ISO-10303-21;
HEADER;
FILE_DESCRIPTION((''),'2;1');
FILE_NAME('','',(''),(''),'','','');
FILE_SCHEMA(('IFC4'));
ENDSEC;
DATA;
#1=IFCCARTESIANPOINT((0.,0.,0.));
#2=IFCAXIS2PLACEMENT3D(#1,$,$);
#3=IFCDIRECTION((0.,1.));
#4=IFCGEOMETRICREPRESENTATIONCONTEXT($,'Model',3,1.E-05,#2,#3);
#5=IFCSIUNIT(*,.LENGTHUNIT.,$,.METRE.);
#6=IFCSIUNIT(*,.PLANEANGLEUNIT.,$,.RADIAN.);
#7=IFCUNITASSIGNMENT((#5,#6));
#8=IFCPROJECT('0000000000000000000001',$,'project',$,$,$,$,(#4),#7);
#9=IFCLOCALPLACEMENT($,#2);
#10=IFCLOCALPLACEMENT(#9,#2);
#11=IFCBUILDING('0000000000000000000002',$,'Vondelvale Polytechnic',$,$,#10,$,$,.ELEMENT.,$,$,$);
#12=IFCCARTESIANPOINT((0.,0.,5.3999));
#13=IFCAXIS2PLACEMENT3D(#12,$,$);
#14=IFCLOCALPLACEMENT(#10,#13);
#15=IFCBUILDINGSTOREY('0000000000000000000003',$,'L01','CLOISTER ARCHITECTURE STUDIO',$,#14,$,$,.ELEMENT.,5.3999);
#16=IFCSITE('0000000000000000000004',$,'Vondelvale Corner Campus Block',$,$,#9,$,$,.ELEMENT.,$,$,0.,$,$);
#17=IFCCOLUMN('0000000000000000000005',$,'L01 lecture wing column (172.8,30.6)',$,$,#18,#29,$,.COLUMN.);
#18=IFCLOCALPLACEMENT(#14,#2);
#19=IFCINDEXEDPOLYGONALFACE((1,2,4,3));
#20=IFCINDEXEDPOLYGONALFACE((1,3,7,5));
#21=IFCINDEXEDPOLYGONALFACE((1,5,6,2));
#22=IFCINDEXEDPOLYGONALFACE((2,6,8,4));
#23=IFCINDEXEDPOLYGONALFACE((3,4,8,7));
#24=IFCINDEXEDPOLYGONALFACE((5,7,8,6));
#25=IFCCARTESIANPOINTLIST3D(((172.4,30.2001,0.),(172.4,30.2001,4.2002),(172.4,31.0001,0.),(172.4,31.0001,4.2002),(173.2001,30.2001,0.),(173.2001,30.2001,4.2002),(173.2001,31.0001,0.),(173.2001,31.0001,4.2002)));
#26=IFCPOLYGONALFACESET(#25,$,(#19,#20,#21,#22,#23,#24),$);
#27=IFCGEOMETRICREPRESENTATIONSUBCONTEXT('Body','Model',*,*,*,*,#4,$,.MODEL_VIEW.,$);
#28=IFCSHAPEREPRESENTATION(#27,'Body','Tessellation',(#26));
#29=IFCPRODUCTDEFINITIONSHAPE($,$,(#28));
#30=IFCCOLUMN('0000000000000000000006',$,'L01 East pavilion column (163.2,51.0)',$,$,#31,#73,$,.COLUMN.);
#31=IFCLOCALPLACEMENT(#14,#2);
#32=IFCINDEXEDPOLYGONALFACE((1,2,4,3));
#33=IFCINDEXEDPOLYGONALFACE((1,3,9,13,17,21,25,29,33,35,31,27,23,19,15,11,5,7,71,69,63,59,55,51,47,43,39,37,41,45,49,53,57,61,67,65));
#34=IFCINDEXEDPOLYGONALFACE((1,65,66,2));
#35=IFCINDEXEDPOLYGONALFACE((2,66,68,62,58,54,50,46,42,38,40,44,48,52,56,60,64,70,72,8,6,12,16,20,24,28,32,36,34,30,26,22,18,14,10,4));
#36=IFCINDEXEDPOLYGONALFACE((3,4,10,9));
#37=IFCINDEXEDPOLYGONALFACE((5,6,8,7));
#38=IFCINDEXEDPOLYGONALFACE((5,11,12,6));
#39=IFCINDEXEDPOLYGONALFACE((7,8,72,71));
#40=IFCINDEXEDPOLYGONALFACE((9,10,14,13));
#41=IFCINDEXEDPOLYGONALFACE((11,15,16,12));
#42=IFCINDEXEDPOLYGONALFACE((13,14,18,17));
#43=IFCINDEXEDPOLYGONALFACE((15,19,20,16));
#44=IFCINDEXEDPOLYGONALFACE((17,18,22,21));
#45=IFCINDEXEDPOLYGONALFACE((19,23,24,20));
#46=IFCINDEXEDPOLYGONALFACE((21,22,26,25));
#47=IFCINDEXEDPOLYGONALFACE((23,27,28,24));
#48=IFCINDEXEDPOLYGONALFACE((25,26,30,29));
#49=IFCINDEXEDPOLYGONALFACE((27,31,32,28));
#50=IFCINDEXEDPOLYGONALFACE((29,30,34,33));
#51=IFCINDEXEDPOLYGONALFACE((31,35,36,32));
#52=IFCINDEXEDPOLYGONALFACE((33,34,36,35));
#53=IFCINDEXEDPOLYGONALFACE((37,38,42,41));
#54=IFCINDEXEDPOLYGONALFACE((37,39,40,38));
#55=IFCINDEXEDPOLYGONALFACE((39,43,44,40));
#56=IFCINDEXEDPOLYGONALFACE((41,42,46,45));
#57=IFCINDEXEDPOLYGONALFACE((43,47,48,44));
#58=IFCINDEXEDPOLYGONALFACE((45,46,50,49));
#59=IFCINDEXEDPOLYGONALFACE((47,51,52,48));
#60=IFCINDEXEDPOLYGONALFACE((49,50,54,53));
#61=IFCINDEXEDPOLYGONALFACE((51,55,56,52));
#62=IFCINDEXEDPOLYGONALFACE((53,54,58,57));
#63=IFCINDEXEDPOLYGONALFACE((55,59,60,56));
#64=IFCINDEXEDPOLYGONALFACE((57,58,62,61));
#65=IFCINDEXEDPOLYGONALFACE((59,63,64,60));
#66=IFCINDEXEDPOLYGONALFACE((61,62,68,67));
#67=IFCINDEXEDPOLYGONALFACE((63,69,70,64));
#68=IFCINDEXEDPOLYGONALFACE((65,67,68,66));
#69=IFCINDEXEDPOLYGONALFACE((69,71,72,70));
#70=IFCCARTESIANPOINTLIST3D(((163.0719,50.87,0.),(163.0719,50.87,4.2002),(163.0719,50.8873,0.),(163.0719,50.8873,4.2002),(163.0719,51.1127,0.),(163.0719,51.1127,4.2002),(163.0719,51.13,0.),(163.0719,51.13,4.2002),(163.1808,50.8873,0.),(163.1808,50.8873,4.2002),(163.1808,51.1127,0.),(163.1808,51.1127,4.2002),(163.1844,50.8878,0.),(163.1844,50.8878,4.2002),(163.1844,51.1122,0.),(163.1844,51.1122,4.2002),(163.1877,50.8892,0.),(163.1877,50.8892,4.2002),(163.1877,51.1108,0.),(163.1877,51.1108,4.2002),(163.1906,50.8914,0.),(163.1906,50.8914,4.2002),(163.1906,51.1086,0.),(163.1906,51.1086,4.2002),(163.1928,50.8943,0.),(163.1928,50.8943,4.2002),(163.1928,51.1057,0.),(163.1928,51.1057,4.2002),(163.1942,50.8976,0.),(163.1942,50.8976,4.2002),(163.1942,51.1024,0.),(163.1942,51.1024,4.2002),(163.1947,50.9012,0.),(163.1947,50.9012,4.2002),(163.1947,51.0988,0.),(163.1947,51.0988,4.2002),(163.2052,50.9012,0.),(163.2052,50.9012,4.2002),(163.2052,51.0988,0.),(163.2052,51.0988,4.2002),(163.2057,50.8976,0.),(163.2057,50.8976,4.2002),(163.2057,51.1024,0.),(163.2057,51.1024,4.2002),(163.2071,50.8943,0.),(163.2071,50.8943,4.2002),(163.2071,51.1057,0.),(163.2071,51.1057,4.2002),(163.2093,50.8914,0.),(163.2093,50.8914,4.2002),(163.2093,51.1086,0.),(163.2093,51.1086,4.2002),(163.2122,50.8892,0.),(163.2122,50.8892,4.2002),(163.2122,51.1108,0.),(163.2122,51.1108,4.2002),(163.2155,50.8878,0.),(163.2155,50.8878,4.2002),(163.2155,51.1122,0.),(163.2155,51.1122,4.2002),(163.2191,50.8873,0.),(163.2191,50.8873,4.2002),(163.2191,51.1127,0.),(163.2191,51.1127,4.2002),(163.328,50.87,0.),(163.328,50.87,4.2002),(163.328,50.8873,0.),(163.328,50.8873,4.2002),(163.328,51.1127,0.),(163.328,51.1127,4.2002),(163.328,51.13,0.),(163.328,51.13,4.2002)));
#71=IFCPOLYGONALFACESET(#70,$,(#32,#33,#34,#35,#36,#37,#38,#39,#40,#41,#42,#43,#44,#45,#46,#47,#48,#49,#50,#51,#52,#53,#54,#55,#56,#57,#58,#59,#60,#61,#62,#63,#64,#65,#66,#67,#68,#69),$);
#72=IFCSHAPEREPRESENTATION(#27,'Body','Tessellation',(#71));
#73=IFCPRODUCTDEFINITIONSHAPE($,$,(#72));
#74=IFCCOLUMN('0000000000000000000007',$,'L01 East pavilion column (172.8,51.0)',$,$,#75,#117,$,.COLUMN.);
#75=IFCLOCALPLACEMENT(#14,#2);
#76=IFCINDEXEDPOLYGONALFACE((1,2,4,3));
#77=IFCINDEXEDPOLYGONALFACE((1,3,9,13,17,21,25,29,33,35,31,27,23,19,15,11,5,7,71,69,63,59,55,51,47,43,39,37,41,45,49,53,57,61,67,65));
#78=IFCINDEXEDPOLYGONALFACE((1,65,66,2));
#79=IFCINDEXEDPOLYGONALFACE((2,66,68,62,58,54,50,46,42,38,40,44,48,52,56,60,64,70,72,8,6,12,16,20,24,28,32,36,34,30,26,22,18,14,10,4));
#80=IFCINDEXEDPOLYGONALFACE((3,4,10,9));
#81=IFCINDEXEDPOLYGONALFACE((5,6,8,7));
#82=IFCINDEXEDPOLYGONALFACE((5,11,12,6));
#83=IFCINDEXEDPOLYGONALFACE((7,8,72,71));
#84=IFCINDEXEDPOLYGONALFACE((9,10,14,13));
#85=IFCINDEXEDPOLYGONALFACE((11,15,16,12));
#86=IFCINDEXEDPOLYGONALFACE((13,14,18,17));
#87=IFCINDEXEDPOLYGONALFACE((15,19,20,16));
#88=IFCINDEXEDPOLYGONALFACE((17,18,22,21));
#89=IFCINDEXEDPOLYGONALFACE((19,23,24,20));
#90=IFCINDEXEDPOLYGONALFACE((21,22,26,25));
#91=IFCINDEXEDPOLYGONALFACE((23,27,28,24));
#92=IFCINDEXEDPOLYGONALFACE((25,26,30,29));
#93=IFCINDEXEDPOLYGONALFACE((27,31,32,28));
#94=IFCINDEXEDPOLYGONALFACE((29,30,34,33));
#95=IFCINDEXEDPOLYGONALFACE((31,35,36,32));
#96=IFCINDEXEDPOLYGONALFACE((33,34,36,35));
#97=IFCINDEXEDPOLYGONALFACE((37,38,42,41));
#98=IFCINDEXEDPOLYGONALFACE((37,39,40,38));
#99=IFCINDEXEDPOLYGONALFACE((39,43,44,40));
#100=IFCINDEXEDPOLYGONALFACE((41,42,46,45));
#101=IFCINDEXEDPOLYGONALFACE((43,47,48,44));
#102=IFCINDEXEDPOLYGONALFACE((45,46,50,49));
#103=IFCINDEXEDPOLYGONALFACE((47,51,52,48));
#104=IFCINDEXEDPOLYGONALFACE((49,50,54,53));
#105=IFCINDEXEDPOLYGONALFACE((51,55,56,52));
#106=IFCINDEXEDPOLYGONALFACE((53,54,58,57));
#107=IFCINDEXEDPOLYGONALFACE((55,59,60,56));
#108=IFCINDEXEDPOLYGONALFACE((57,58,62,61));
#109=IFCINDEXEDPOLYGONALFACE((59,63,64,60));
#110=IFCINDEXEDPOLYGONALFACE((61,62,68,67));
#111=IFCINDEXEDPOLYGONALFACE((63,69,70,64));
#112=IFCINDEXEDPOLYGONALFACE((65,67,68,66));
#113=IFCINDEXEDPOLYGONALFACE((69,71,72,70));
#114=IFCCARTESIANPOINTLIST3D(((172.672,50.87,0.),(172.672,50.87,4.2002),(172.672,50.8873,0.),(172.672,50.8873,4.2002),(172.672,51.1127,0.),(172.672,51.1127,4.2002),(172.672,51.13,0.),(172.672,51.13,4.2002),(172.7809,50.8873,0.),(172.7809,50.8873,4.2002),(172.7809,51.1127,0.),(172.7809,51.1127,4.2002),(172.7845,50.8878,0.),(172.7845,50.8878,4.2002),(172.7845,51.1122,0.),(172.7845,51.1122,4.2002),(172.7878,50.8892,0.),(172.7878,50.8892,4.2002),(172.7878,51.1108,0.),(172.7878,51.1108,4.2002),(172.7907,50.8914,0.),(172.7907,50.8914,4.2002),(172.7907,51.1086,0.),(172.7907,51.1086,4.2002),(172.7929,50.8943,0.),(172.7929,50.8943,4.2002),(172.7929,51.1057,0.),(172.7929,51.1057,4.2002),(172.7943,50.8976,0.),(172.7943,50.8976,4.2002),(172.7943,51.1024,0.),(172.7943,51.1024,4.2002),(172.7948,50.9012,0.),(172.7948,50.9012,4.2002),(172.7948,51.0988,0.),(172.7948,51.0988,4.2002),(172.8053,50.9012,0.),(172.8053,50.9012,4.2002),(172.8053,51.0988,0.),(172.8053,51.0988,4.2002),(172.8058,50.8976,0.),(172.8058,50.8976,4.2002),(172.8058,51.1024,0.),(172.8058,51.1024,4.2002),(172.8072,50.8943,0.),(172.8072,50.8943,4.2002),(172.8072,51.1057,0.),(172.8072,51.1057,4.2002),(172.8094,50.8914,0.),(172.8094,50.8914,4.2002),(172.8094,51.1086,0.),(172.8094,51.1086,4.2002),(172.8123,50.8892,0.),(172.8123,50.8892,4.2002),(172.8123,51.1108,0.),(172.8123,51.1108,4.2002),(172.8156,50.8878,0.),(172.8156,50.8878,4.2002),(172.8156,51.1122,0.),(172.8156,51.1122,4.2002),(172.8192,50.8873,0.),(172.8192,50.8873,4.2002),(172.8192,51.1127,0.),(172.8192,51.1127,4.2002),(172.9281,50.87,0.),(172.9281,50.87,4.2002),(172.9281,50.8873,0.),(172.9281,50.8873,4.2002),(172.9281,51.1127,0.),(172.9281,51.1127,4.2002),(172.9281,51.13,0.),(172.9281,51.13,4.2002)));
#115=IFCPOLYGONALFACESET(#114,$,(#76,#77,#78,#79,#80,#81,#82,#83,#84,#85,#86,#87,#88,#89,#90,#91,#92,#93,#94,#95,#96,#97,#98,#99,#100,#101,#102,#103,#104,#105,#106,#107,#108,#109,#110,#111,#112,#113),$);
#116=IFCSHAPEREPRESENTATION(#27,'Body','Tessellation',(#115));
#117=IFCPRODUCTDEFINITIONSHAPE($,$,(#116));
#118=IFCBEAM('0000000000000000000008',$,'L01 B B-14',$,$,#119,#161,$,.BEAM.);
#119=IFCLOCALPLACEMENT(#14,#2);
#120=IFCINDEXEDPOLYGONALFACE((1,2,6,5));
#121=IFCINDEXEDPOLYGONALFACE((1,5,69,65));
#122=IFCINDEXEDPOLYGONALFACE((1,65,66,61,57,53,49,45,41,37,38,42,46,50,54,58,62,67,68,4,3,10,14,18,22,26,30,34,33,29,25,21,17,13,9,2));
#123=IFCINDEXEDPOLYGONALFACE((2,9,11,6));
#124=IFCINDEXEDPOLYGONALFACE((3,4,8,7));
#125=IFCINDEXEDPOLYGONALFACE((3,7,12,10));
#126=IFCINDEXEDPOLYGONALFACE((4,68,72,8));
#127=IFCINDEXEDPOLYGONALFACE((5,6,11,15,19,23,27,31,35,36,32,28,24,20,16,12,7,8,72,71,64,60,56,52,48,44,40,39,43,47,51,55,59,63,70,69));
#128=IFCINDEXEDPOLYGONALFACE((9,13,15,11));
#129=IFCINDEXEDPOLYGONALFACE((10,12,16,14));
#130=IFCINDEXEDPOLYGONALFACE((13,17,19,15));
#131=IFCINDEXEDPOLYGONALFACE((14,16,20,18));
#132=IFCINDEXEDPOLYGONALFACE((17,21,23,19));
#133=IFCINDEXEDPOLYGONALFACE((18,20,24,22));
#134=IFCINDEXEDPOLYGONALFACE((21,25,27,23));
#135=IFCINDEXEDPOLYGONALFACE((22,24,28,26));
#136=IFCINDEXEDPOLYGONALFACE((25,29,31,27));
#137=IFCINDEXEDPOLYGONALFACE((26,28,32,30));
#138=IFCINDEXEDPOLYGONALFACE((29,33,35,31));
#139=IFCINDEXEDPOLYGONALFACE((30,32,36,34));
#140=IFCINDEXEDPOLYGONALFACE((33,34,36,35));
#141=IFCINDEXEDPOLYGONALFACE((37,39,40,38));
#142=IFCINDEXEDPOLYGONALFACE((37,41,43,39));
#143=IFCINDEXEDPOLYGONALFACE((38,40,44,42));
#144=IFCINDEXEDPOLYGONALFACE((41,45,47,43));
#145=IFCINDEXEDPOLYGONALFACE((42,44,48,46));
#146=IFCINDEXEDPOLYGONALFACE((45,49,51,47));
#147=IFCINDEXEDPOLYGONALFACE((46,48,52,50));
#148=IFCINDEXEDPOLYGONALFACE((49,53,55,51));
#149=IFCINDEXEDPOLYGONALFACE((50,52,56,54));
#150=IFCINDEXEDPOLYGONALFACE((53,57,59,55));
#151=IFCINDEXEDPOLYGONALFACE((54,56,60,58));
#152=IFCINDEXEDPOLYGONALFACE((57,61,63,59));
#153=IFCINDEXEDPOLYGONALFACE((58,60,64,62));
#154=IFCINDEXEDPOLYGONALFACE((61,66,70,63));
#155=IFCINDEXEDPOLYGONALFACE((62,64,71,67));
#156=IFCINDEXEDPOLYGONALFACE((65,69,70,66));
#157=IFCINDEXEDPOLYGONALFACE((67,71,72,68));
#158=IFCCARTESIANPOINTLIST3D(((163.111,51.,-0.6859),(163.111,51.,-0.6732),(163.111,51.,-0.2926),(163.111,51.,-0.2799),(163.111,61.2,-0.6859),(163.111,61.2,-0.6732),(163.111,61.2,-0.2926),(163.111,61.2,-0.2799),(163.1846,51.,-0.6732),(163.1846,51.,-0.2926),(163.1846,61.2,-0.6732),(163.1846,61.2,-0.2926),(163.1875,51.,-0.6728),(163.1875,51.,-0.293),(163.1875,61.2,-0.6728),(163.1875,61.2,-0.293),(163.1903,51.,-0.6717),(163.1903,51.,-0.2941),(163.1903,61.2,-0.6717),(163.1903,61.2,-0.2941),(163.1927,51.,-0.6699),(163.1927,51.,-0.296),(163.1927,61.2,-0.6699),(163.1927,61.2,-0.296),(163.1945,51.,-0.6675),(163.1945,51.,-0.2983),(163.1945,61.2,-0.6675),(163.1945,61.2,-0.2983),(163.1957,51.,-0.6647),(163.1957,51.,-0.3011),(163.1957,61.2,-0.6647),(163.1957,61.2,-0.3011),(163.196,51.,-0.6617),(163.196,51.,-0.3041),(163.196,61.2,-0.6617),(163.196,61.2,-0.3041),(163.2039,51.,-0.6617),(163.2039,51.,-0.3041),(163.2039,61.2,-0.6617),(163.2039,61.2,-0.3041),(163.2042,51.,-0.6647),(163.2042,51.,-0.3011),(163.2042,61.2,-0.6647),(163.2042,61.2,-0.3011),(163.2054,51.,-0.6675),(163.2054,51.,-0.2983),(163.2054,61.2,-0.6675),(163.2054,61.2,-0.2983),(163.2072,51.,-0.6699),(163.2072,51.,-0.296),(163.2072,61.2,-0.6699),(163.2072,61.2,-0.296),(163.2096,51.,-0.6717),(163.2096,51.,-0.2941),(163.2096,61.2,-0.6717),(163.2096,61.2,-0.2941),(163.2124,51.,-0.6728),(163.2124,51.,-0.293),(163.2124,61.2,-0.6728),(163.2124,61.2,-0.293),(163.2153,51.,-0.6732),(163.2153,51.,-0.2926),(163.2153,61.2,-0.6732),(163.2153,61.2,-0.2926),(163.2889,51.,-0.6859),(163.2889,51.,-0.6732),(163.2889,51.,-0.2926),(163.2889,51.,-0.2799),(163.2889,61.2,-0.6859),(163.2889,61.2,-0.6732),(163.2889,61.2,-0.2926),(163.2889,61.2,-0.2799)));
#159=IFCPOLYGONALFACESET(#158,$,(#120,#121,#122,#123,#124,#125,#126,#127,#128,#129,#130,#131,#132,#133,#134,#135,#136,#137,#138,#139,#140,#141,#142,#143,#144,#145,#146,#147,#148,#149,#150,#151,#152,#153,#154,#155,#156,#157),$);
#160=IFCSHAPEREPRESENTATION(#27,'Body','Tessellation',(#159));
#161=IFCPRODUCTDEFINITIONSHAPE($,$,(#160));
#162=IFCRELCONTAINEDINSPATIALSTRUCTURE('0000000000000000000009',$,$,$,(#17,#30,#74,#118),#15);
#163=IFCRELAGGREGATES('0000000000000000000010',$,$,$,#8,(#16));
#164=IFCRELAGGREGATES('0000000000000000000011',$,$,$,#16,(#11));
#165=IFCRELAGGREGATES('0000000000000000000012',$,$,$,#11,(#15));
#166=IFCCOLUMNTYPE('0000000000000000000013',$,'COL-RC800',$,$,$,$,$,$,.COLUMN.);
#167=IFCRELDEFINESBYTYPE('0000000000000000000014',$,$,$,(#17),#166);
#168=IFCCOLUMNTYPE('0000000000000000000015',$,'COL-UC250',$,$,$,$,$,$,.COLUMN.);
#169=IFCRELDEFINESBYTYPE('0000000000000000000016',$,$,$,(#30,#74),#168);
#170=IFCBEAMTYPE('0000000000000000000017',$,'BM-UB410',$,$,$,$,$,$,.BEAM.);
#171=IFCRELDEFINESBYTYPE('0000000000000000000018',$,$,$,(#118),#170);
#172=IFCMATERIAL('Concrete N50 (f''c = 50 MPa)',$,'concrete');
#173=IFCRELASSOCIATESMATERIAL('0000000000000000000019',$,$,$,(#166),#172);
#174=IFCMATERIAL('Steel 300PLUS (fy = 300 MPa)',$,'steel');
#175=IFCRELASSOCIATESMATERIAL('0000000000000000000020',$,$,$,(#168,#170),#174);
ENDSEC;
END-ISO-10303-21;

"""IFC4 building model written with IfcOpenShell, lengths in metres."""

from ifc_helpers import new_model, si_unit, direction, frame, origin, origin_2d, place, context, subcontext, project, spatial, rectangle, i_section, extrude, material, material_profile, profile_set, type_object, element, save


model = new_model("IFC4")

# Units and contexts
model_context = context("Model", 3, precision=1e-05, world=origin(), true_north=direction((0.0, 1.0)))
body_context = subcontext(model_context, "Body", "Model", "MODEL_VIEW")
ifc_project = project(units=[si_unit("LENGTHUNIT", "METRE"), si_unit("PLANEANGLEUNIT", "RADIAN")], contexts=[model_context])

# Site, building, storey
site_placement = place(None, origin())
site = spatial("IfcSite", under=ifc_project, at=site_placement, Name="Vondelvale Corner Campus Block", CompositionType="ELEMENT", RefElevation=0.0)
building_placement = place(site_placement, origin())
building = spatial("IfcBuilding", under=site, at=building_placement, Name="Vondelvale Polytechnic", CompositionType="ELEMENT")
storey_placement = place(building_placement, frame((0.0, 0.0, 5.3999)))
storey = spatial("IfcBuildingStorey", under=building, at=storey_placement, Name="L01", Description="CLOISTER ARCHITECTURE STUDIO", CompositionType="ELEMENT", Elevation=5.3999)

# Columns
ifc_material_1 = material(Name="Concrete N50 (f'c = 50 MPa)", Category="concrete")
ifc_material_profile_1 = material_profile(ifc_material_1, rectangle(XDim=0.8, YDim=0.8, at=origin_2d()), Name="RC-COL-800x800")
ifc_profile_set_1 = profile_set([ifc_material_profile_1], Name="Concrete N50 (f'c = 50 MPa)")
column_type_1 = type_object("IfcColumnType", Name="COL-RC800", PredefinedType="COLUMN", material=ifc_profile_set_1)
column_placement = place(storey_placement, frame((172.8, 30.6001, 0.0), z_axis=(0.0, 0.0, 1.0), x_axis=(1.0, 0.0, 0.0)))
element("IfcColumn", 1, at=column_placement, inside=storey, type_object=column_type_1, Name="L01 lecture wing column (172.8,30.6)", PredefinedType="COLUMN", context=body_context, shape_type="SweptSolid", body=[
    extrude(rectangle(XDim=0.8, YDim=0.8, at=origin_2d()), origin(), (0.0, 0.0, 1.0), 4.2002),
])
ifc_material_2 = material(Name="Steel 300PLUS (fy = 300 MPa)", Category="steel")
ifc_material_profile_2 = material_profile(ifc_material_2, i_section(OverallWidth=0.2561, OverallDepth=0.26, WebThickness=0.0105, FlangeThickness=0.0173, FilletRadius=0.0139, at=origin_2d()), Name="250UC89.5")
ifc_profile_set_2 = profile_set([ifc_material_profile_2], Name="Steel 300PLUS (fy = 300 MPa)")
column_type_2 = type_object("IfcColumnType", Name="COL-UC250", PredefinedType="COLUMN", material=ifc_profile_set_2)
for number, where, z_axis, x_axis, name in (
    (2, (163.2, 51.0, 0.0), (0.0, 0.0, 1.0), (1.0, 0.0, 0.0), "L01 East pavilion column (163.2,51.0)"),
    (3, (172.8, 51.0, 0.0), (0.0, 0.0, 1.0), (1.0, 0.0, 0.0), "L01 East pavilion column (172.8,51.0)"),
):
    element("IfcColumn", number, at=place(storey_placement, frame(where, z_axis=z_axis, x_axis=x_axis)), inside=storey, type_object=column_type_2, Name=name, PredefinedType="COLUMN", context=body_context, shape_type="SweptSolid", body=[
        extrude(i_section(OverallWidth=0.2561, OverallDepth=0.26, WebThickness=0.0105, FlangeThickness=0.0173, FilletRadius=0.0139, at=origin_2d()), origin(), (0.0, 0.0, 1.0), 4.2002),
    ])

# Beam
ifc_material_profile_3 = material_profile(ifc_material_2, i_section(OverallWidth=0.178, OverallDepth=0.406, WebThickness=0.0078, FlangeThickness=0.0127, FilletRadius=0.0115, at=origin_2d()), Name="410UB59.7")
ifc_profile_set_3 = profile_set([ifc_material_profile_3], Name="Steel 300PLUS (fy = 300 MPa)")
beam_type_1 = type_object("IfcBeamType", Name="BM-UB410", PredefinedType="BEAM", material=ifc_profile_set_3)
beam_1_placement = place(storey_placement, frame((163.2, 51.0, -0.4829), z_axis=(0.0, 1.0, 0.0), x_axis=(-1.0, 0.0, 0.0)))
element("IfcBeam", 4, at=beam_1_placement, inside=storey, type_object=beam_type_1, Name="L01 B B-14", PredefinedType="BEAM", context=body_context, shape_type="SweptSolid", body=[
    extrude(i_section(OverallWidth=0.178, OverallDepth=0.406, WebThickness=0.0078, FlangeThickness=0.0127, FilletRadius=0.0115, at=origin_2d()), origin(), (0.0, 0.0, 1.0), 10.2),
])

save(model, "model.ifc")
